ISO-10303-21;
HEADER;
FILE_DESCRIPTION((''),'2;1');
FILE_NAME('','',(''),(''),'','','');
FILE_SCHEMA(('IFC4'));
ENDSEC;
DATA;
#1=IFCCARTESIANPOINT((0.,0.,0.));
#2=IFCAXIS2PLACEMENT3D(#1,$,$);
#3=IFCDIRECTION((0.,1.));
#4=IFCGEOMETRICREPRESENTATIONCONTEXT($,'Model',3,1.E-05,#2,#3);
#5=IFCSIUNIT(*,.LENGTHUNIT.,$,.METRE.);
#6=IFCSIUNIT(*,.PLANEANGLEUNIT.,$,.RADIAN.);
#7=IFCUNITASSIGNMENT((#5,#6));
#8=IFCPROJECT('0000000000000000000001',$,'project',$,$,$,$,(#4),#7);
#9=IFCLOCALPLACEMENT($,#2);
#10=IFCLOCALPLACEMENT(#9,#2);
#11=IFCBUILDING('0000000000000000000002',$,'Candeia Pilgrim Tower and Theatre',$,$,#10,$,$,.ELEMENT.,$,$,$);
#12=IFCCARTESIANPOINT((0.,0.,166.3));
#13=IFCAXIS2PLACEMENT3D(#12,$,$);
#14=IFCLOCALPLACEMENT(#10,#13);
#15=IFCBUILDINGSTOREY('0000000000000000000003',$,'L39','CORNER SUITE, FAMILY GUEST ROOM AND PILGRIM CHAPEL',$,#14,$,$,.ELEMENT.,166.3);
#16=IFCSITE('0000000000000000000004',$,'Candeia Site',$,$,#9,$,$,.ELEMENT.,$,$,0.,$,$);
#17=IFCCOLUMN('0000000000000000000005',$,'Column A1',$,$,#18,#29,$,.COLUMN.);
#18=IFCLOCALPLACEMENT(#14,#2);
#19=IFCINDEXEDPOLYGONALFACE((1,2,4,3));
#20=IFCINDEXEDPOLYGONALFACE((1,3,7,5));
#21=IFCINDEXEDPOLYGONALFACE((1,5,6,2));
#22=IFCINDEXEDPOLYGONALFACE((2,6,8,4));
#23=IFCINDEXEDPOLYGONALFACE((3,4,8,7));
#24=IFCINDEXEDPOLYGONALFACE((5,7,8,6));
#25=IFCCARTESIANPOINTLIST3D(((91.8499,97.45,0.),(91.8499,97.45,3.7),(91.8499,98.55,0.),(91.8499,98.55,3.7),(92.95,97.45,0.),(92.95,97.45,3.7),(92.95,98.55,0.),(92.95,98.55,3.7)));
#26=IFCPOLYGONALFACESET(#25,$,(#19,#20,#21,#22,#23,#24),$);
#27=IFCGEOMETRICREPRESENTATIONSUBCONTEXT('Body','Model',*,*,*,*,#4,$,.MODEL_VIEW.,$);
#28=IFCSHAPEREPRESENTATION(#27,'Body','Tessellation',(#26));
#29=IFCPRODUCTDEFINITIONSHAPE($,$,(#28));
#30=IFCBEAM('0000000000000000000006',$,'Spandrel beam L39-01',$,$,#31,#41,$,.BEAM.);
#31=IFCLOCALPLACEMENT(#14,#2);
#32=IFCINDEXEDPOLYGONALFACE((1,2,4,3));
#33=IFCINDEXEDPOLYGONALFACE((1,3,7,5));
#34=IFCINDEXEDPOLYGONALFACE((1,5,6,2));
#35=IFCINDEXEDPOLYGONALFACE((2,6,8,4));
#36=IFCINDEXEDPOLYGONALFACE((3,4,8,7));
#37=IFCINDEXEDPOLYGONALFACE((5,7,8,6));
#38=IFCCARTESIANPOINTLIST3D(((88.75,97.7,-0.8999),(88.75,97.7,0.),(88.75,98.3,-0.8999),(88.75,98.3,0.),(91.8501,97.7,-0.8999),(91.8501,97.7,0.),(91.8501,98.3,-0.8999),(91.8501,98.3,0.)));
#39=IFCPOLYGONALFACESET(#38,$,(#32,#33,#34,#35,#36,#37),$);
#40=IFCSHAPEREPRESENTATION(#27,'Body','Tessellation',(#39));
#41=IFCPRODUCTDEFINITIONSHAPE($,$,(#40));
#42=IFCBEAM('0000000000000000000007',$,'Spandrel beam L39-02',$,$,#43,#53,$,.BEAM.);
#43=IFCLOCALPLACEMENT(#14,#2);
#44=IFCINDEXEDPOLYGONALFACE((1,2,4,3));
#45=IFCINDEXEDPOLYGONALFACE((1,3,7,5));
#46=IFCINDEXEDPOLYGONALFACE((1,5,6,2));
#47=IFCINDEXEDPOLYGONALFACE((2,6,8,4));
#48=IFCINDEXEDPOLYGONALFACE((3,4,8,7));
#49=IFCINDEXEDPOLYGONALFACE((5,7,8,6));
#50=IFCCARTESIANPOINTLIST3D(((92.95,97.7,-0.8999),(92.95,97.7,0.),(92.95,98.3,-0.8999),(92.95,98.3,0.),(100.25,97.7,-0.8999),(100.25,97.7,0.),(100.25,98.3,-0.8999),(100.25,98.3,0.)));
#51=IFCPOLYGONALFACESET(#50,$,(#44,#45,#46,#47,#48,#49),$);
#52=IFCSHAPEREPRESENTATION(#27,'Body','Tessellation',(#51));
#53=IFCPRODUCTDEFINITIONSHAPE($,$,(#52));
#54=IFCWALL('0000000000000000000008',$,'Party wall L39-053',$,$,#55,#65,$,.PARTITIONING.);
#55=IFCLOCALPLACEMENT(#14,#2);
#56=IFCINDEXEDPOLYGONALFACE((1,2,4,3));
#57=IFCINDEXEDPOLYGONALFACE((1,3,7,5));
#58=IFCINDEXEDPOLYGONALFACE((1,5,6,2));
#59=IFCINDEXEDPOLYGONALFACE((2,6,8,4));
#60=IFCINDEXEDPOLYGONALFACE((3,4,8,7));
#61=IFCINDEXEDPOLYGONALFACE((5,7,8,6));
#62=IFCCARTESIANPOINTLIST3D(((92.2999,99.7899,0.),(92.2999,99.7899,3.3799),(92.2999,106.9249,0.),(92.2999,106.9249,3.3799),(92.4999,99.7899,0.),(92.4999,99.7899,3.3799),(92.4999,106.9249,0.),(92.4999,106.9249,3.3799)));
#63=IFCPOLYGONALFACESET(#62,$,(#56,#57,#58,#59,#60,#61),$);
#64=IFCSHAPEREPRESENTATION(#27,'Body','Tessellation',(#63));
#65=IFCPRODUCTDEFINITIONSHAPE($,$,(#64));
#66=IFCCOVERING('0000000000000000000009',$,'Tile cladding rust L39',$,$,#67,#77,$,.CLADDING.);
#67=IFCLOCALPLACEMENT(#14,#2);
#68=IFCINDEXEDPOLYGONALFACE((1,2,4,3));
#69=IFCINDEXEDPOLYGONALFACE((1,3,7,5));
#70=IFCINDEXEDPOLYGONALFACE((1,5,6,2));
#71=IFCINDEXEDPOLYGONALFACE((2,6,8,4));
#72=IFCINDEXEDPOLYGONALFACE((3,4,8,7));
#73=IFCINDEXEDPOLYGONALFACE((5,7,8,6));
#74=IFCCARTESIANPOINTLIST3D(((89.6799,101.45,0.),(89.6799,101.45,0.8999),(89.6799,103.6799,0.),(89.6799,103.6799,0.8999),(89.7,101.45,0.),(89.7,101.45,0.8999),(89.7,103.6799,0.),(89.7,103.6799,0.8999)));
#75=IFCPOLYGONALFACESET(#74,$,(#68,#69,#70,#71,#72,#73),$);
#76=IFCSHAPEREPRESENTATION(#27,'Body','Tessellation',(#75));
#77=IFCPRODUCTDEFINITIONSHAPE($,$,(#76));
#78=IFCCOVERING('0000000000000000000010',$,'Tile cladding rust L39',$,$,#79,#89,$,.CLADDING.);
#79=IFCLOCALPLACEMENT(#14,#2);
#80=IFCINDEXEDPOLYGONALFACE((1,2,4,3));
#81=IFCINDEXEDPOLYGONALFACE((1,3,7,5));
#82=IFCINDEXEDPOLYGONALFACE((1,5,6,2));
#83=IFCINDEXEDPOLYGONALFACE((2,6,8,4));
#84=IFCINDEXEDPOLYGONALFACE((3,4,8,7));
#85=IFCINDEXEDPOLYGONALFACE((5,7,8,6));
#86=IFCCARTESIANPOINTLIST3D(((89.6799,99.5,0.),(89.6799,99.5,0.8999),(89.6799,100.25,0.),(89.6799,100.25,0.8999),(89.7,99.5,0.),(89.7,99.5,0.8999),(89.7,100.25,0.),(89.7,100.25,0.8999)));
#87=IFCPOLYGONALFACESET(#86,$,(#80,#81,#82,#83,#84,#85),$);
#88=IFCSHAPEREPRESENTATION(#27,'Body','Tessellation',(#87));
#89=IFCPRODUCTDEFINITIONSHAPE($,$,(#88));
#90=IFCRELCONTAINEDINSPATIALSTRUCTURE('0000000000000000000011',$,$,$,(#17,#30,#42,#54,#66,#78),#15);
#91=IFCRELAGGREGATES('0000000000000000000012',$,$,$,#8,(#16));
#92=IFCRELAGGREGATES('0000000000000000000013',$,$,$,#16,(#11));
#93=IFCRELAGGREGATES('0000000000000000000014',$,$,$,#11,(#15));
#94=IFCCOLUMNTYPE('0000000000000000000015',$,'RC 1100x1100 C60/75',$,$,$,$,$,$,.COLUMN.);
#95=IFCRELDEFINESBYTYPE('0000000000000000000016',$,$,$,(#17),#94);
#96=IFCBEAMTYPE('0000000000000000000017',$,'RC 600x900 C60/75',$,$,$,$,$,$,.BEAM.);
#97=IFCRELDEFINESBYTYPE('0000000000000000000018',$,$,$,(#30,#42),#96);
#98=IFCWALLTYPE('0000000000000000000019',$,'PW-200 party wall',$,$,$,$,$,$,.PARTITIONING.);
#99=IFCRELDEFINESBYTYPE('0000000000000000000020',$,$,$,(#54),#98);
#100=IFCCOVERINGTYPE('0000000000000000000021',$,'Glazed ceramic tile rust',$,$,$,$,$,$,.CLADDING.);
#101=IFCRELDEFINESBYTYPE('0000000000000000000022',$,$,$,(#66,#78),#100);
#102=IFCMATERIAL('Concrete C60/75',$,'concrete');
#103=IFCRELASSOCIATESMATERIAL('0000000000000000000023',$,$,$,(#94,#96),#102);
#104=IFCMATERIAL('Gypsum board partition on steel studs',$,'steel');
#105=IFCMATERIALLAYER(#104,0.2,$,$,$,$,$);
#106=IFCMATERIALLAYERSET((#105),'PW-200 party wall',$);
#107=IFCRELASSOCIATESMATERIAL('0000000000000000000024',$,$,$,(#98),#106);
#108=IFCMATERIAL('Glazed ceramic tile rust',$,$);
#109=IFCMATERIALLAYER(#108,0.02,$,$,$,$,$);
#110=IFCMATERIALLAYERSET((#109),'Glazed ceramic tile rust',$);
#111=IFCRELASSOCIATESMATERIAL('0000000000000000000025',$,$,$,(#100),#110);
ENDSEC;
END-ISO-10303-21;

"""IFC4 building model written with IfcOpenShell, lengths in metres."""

from ifc_helpers import new_model, si_unit, direction, frame, frame_2d, origin, origin_2d, place, context, subcontext, project, spatial, rectangle, extrude, material, layer, layer_set, material_profile, profile_set, type_object, element, save


model = new_model("IFC4")

# Units and contexts
model_context = context("Model", 3, precision=1e-05, world=origin(), true_north=direction((0.0, 1.0)))
body_context = subcontext(model_context, "Body", "Model", "MODEL_VIEW")
ifc_project = project(units=[si_unit("LENGTHUNIT", "METRE"), si_unit("PLANEANGLEUNIT", "RADIAN")], contexts=[model_context])

# Site, building, storey
site_placement = place(None, origin())
site = spatial("IfcSite", under=ifc_project, at=site_placement, Name="Candeia Site", CompositionType="ELEMENT", RefElevation=0.0)
building_placement = place(site_placement, origin())
building = spatial("IfcBuilding", under=site, at=building_placement, Name="Candeia Pilgrim Tower and Theatre", CompositionType="ELEMENT")
storey_placement = place(building_placement, frame((0.0, 0.0, 166.3)))
storey = spatial("IfcBuildingStorey", under=building, at=storey_placement, Name="L39", Description="CORNER SUITE, FAMILY GUEST ROOM AND PILGRIM CHAPEL", CompositionType="ELEMENT", Elevation=166.3)

# Column
ifc_material_1 = material(Name="Concrete C60/75", Category="concrete")
ifc_material_profile_1 = material_profile(ifc_material_1, rectangle(XDim=1.1001, YDim=1.1001, at=origin_2d()))
ifc_profile_set_1 = profile_set([ifc_material_profile_1], Name="Concrete C60/75")
column_type = type_object("IfcColumnType", Name="RC 1100x1100 C60/75", PredefinedType="COLUMN", material=ifc_profile_set_1)
column_placement = place(storey_placement, frame((92.3999, 98.0, 0.0), z_axis=(0.0, 0.0, 1.0), x_axis=(1.0, 0.0, 0.0)))
element("IfcColumn", 1, at=column_placement, inside=storey, type_object=column_type, Name="Column A1", PredefinedType="COLUMN", context=body_context, shape_type="SweptSolid", body=[
    extrude(rectangle(XDim=1.1001, YDim=1.1001, at=origin_2d()), origin(), (0.0, 0.0, 1.0), 3.7),
])

# Beams
ifc_material_profile_2 = material_profile(ifc_material_1, rectangle(XDim=0.6001, YDim=0.8999, at=origin_2d()))
ifc_profile_set_2 = profile_set([ifc_material_profile_2], Name="Concrete C60/75")
beam_type = type_object("IfcBeamType", Name="RC 600x900 C60/75", PredefinedType="BEAM", material=ifc_profile_set_2)
beam_1_placement = place(storey_placement, frame((88.75, 98.0, -0.45), z_axis=(1.0, 0.0, 0.0), x_axis=(0.0, 1.0, 0.0)))
element("IfcBeam", 2, at=beam_1_placement, inside=storey, type_object=beam_type, Name="Spandrel beam L39-01", PredefinedType="BEAM", context=body_context, shape_type="SweptSolid", body=[
    extrude(rectangle(XDim=0.6001, YDim=0.8999, at=origin_2d()), origin(), (0.0, 0.0, 1.0), 3.1001),
])
beam_2_placement = place(storey_placement, frame((92.95, 98.0, -0.45), z_axis=(1.0, 0.0, 0.0), x_axis=(0.0, 1.0, 0.0)))
element("IfcBeam", 3, at=beam_2_placement, inside=storey, type_object=beam_type, Name="Spandrel beam L39-02", PredefinedType="BEAM", context=body_context, shape_type="SweptSolid", body=[
    extrude(rectangle(XDim=0.6001, YDim=0.8999, at=origin_2d()), origin(), (0.0, 0.0, 1.0), 7.3),
])

# Wall
ifc_material_2 = material(Name="Gypsum board partition on steel studs", Category="steel")
ifc_layer_1 = layer(ifc_material_2, 0.2)
ifc_layer_set_1 = layer_set([ifc_layer_1], Name="PW-200 party wall")
wall_type_1 = type_object("IfcWallType", Name="PW-200 party wall", PredefinedType="PARTITIONING", material=ifc_layer_set_1)
wall_1_placement = place(storey_placement, frame((92.3999, 99.79, 0.0), z_axis=(0.0, 0.0, 1.0), x_axis=(0.0, 1.0, 0.0)))
element("IfcWall", 4, at=wall_1_placement, inside=storey, type_object=wall_type_1, Name="Party wall L39-053", PredefinedType="PARTITIONING", context=body_context, shape_type="SweptSolid", body=[
    extrude(rectangle(XDim=7.135, YDim=0.2, at=frame_2d((3.5674, 0.0))), origin(), (0.0, 0.0, 1.0), 3.3799),
])

# Coverings
ifc_material_3 = material(Name="Glazed ceramic tile rust")
ifc_layer_2 = layer(ifc_material_3, 0.02)
ifc_layer_set_2 = layer_set([ifc_layer_2], Name="Glazed ceramic tile rust")
covering_type = type_object("IfcCoveringType", Name="Glazed ceramic tile rust", PredefinedType="CLADDING", material=ifc_layer_set_2)
covering_1_placement = place(storey_placement, frame((89.6899, 102.5649, 0.0), z_axis=(0.0, 0.0, 1.0), x_axis=(0.0, -1.0, 0.0)))
element("IfcCovering", 5, at=covering_1_placement, inside=storey, type_object=covering_type, Name="Tile cladding rust L39", PredefinedType="CLADDING", context=body_context, shape_type="SweptSolid", body=[
    extrude(rectangle(XDim=2.23, YDim=0.02, at=origin_2d()), origin(), (0.0, 0.0, 1.0), 0.8999),
])
covering_2_placement = place(storey_placement, frame((89.6899, 99.875, 0.0), z_axis=(0.0, 0.0, 1.0), x_axis=(0.0, -1.0, 0.0)))
element("IfcCovering", 6, at=covering_2_placement, inside=storey, type_object=covering_type, Name="Tile cladding rust L39", PredefinedType="CLADDING", context=body_context, shape_type="SweptSolid", body=[
    extrude(rectangle(XDim=0.75, YDim=0.02, at=origin_2d()), origin(), (0.0, 0.0, 1.0), 0.8999),
])

save(model, "model.ifc")
